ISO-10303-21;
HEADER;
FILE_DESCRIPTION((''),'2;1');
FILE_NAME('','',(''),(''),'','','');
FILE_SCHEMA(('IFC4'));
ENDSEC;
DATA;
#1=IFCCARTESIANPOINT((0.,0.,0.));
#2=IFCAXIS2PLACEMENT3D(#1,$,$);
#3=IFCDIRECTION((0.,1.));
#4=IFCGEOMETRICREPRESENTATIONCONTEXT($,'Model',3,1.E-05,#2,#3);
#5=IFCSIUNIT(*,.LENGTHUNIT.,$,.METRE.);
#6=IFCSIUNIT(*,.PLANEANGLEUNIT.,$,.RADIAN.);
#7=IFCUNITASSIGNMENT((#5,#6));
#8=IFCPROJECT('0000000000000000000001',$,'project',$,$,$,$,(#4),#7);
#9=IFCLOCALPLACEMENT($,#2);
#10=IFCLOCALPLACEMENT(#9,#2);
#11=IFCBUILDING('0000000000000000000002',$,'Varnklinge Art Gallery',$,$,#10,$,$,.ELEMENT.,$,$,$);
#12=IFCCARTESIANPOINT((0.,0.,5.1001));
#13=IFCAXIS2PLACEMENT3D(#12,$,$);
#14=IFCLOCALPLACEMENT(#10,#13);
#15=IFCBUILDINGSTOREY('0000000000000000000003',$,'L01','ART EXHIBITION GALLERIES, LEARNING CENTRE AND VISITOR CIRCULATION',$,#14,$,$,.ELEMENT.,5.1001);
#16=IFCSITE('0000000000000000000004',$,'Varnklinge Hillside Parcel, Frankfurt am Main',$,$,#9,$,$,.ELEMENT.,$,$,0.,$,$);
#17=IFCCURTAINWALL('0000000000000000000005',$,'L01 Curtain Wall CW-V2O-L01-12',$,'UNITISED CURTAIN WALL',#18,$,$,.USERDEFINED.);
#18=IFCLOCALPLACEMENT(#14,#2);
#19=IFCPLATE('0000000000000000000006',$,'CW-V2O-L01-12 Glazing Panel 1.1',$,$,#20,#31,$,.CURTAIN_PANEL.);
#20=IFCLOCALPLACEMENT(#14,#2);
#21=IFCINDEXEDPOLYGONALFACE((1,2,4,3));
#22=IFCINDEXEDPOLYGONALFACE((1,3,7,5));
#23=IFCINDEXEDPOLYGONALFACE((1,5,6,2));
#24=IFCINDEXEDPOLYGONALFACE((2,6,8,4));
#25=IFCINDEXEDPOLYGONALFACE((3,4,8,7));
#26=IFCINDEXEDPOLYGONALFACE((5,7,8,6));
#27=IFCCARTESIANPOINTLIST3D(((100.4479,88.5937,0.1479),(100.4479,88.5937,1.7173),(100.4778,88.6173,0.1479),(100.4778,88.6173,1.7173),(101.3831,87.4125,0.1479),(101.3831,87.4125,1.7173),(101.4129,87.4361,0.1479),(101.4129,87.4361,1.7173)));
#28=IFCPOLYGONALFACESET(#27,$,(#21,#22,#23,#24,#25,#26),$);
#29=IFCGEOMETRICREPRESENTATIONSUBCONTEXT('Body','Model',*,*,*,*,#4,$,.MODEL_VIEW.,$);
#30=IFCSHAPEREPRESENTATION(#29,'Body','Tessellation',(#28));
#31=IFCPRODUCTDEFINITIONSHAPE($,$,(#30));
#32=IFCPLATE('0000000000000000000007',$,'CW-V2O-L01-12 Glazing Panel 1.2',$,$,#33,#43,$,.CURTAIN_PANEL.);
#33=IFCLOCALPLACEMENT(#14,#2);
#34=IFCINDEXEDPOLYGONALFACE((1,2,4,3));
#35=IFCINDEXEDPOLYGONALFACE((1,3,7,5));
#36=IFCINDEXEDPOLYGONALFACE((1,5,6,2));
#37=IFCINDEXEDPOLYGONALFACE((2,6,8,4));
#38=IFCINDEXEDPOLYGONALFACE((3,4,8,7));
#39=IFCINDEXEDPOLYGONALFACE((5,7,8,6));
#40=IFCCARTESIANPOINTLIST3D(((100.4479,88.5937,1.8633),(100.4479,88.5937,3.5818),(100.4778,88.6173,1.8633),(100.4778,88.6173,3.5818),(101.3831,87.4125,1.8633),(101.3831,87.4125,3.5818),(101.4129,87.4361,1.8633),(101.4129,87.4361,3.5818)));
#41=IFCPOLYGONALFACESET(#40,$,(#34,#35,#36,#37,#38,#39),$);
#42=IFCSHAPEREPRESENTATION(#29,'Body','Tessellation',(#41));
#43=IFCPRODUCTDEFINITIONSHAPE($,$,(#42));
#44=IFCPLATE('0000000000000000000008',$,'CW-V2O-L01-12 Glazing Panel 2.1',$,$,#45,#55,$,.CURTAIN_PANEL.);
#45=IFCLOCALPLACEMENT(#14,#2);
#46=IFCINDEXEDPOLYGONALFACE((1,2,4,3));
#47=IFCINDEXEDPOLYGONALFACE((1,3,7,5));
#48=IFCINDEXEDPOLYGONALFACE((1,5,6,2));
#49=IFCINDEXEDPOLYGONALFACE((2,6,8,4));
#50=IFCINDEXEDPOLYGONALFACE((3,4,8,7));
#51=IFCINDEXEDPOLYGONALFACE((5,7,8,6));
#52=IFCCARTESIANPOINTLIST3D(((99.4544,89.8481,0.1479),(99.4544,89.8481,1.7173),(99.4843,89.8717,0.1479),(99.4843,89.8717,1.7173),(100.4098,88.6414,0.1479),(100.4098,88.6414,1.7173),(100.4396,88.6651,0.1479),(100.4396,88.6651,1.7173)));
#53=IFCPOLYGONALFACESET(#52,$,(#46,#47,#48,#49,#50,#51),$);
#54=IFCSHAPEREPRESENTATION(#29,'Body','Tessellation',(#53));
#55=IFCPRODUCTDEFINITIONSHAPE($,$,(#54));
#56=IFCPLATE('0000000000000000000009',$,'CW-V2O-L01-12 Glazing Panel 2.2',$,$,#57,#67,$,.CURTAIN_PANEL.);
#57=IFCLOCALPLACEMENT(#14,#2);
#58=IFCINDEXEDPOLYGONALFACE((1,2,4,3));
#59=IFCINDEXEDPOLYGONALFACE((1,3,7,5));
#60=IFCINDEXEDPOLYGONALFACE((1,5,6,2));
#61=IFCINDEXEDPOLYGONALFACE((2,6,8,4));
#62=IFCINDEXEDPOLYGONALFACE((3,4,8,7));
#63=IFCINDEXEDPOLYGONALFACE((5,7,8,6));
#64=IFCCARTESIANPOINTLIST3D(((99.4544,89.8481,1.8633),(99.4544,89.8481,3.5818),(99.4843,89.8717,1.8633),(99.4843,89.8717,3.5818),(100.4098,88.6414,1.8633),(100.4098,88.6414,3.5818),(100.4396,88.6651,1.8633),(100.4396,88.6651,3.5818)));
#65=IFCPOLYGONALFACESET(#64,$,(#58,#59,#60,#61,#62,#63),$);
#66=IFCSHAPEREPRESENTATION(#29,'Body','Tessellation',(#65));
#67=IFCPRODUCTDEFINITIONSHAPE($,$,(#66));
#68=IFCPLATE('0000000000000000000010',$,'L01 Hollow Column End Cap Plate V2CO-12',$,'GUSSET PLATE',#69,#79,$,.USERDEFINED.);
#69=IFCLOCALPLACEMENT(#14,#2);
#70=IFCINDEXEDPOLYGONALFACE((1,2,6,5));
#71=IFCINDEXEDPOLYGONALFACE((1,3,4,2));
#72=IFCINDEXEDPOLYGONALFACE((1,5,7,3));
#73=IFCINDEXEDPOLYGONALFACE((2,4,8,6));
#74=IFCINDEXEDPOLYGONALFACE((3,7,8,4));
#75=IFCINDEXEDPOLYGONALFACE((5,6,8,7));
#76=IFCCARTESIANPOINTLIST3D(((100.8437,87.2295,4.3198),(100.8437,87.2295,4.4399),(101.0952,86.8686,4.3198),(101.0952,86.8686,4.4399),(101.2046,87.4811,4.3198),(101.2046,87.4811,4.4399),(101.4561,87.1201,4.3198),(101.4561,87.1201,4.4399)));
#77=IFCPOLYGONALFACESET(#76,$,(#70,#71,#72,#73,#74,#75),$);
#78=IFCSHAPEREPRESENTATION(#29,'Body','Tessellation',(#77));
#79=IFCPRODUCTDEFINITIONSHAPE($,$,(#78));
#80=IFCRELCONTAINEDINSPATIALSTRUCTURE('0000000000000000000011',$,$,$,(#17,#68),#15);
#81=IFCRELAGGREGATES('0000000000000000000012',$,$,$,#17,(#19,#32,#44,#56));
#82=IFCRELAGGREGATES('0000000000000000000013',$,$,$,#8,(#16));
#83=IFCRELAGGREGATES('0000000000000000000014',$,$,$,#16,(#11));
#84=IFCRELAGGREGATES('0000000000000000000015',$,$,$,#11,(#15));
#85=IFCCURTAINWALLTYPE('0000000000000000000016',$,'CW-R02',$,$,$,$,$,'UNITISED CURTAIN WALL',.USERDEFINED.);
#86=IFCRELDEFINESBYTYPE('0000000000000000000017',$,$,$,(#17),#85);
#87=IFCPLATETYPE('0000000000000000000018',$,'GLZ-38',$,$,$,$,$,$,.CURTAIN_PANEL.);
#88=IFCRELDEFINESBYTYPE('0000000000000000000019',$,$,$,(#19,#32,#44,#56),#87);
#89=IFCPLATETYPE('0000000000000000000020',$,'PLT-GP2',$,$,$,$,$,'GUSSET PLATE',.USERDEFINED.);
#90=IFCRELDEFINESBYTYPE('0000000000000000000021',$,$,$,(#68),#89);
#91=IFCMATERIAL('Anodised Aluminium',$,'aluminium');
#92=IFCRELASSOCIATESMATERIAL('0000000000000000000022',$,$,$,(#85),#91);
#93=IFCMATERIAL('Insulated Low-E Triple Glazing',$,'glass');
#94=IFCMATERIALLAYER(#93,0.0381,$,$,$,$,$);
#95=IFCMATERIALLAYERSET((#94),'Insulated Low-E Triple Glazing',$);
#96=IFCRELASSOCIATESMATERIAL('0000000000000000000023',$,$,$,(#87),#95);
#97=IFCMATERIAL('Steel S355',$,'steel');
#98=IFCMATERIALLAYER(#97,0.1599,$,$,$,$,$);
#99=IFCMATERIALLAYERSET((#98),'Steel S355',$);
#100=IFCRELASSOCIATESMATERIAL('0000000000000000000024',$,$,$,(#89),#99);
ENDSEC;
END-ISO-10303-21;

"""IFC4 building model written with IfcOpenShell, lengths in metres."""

from ifc_helpers import new_model, si_unit, direction, frame, origin, origin_2d, place, context, subcontext, project, spatial, rectangle, extrude, material, layer, layer_set, type_object, element, aggregate, save


model = new_model("IFC4")

# Units and contexts
model_context = context("Model", 3, precision=1e-05, world=origin(), true_north=direction((0.0, 1.0)))
body_context = subcontext(model_context, "Body", "Model", "MODEL_VIEW")
ifc_project = project(units=[si_unit("LENGTHUNIT", "METRE"), si_unit("PLANEANGLEUNIT", "RADIAN")], contexts=[model_context])

# Site, building, storey
site_placement = place(None, origin())
site = spatial("IfcSite", under=ifc_project, at=site_placement, Name="Varnklinge Hillside Parcel, Frankfurt am Main", CompositionType="ELEMENT", RefElevation=0.0)
building_placement = place(site_placement, origin())
building = spatial("IfcBuilding", under=site, at=building_placement, Name="Varnklinge Art Gallery", CompositionType="ELEMENT")
storey_placement = place(building_placement, frame((0.0, 0.0, 5.1001)))
storey = spatial("IfcBuildingStorey", under=building, at=storey_placement, Name="L01", Description="ART EXHIBITION GALLERIES, LEARNING CENTRE AND VISITOR CIRCULATION", CompositionType="ELEMENT", Elevation=5.1001)

# Curtain wall
ifc_material_1 = material(Name="Anodised Aluminium", Category="aluminium")
curtain_wall_type = type_object("IfcCurtainWallType", Name="CW-R02", ElementType="UNITISED CURTAIN WALL", PredefinedType="USERDEFINED", material=ifc_material_1)
curtain_wall_1_placement = place(storey_placement, origin())
curtain_wall_1 = element("IfcCurtainWall", 1, at=curtain_wall_1_placement, inside=storey, type_object=curtain_wall_type, Name="L01 Curtain Wall CW-V2O-L01-12", ObjectType="UNITISED CURTAIN WALL", PredefinedType="USERDEFINED")

# Plates
ifc_material_2 = material(Name="Insulated Low-E Triple Glazing", Category="glass")
ifc_layer_1 = layer(ifc_material_2, 0.0381)
ifc_layer_set_1 = layer_set([ifc_layer_1], Name="Insulated Low-E Triple Glazing")
plate_type_1 = type_object("IfcPlateType", Name="GLZ-38", PredefinedType="CURTAIN_PANEL", material=ifc_layer_set_1)
plate_1_placement = place(storey_placement, frame((100.9304, 88.0149, 0.1479), z_axis=(0.0, 0.0, 1.0), x_axis=(-0.620737, 0.784019, 0.0)))
plate_1 = element("IfcPlate", 2, at=plate_1_placement, type_object=plate_type_1, Name="CW-V2O-L01-12 Glazing Panel 1.1", PredefinedType="CURTAIN_PANEL", context=body_context, shape_type="SweptSolid", body=[
    extrude(rectangle(XDim=1.5066, YDim=0.0381, at=origin_2d()), origin(), (0.0, 0.0, 1.0), 1.5693),
])
plate_2_placement = place(storey_placement, frame((100.9304, 88.0149, 1.8633), z_axis=(0.0, 0.0, 1.0), x_axis=(-0.620737, 0.784019, 0.0)))
plate_2 = element("IfcPlate", 3, at=plate_2_placement, type_object=plate_type_1, Name="CW-V2O-L01-12 Glazing Panel 1.2", PredefinedType="CURTAIN_PANEL", context=body_context, shape_type="SweptSolid", body=[
    extrude(rectangle(XDim=1.5066, YDim=0.0381, at=origin_2d()), origin(), (0.0, 0.0, 1.0), 1.7185),
])
plate_3_placement = place(storey_placement, frame((99.947, 89.2566, 0.1479), z_axis=(0.0, 0.0, 1.0), x_axis=(-0.620737, 0.784019, 0.0)))
plate_3 = element("IfcPlate", 4, at=plate_3_placement, type_object=plate_type_1, Name="CW-V2O-L01-12 Glazing Panel 2.1", PredefinedType="CURTAIN_PANEL", context=body_context, shape_type="SweptSolid", body=[
    extrude(rectangle(XDim=1.5391, YDim=0.0381, at=origin_2d()), origin(), (0.0, 0.0, 1.0), 1.5693),
])
plate_4_placement = place(storey_placement, frame((99.947, 89.2566, 1.8633), z_axis=(0.0, 0.0, 1.0), x_axis=(-0.620737, 0.784019, 0.0)))
plate_4 = element("IfcPlate", 5, at=plate_4_placement, type_object=plate_type_1, Name="CW-V2O-L01-12 Glazing Panel 2.2", PredefinedType="CURTAIN_PANEL", context=body_context, shape_type="SweptSolid", body=[
    extrude(rectangle(XDim=1.5391, YDim=0.0381, at=origin_2d()), origin(), (0.0, 0.0, 1.0), 1.7185),
])
aggregate(curtain_wall_1, [plate_1, plate_2, plate_3, plate_4])
ifc_material_3 = material(Name="Steel S355", Category="steel")
ifc_layer_2 = layer(ifc_material_3, 0.1599)
ifc_layer_set_2 = layer_set([ifc_layer_2], Name="Steel S355")
plate_type_2 = type_object("IfcPlateType", Name="PLT-GP2", ElementType="GUSSET PLATE", PredefinedType="USERDEFINED", material=ifc_layer_set_2)
plate_5_placement = place(storey_placement, frame((101.1499, 87.1748, 4.3198), z_axis=(0.0, 0.0, 1.0), x_axis=(-0.820352, -0.57186, 0.0)))
element("IfcPlate", 6, at=plate_5_placement, inside=storey, type_object=plate_type_2, Name="L01 Hollow Column End Cap Plate V2CO-12", ObjectType="GUSSET PLATE", PredefinedType="USERDEFINED", context=body_context, shape_type="SweptSolid", body=[
    extrude(rectangle(XDim=0.4399, YDim=0.4399, at=origin_2d()), origin(), (0.0, 0.0, 1.0), 0.1201),
])

save(model, "model.ifc")
